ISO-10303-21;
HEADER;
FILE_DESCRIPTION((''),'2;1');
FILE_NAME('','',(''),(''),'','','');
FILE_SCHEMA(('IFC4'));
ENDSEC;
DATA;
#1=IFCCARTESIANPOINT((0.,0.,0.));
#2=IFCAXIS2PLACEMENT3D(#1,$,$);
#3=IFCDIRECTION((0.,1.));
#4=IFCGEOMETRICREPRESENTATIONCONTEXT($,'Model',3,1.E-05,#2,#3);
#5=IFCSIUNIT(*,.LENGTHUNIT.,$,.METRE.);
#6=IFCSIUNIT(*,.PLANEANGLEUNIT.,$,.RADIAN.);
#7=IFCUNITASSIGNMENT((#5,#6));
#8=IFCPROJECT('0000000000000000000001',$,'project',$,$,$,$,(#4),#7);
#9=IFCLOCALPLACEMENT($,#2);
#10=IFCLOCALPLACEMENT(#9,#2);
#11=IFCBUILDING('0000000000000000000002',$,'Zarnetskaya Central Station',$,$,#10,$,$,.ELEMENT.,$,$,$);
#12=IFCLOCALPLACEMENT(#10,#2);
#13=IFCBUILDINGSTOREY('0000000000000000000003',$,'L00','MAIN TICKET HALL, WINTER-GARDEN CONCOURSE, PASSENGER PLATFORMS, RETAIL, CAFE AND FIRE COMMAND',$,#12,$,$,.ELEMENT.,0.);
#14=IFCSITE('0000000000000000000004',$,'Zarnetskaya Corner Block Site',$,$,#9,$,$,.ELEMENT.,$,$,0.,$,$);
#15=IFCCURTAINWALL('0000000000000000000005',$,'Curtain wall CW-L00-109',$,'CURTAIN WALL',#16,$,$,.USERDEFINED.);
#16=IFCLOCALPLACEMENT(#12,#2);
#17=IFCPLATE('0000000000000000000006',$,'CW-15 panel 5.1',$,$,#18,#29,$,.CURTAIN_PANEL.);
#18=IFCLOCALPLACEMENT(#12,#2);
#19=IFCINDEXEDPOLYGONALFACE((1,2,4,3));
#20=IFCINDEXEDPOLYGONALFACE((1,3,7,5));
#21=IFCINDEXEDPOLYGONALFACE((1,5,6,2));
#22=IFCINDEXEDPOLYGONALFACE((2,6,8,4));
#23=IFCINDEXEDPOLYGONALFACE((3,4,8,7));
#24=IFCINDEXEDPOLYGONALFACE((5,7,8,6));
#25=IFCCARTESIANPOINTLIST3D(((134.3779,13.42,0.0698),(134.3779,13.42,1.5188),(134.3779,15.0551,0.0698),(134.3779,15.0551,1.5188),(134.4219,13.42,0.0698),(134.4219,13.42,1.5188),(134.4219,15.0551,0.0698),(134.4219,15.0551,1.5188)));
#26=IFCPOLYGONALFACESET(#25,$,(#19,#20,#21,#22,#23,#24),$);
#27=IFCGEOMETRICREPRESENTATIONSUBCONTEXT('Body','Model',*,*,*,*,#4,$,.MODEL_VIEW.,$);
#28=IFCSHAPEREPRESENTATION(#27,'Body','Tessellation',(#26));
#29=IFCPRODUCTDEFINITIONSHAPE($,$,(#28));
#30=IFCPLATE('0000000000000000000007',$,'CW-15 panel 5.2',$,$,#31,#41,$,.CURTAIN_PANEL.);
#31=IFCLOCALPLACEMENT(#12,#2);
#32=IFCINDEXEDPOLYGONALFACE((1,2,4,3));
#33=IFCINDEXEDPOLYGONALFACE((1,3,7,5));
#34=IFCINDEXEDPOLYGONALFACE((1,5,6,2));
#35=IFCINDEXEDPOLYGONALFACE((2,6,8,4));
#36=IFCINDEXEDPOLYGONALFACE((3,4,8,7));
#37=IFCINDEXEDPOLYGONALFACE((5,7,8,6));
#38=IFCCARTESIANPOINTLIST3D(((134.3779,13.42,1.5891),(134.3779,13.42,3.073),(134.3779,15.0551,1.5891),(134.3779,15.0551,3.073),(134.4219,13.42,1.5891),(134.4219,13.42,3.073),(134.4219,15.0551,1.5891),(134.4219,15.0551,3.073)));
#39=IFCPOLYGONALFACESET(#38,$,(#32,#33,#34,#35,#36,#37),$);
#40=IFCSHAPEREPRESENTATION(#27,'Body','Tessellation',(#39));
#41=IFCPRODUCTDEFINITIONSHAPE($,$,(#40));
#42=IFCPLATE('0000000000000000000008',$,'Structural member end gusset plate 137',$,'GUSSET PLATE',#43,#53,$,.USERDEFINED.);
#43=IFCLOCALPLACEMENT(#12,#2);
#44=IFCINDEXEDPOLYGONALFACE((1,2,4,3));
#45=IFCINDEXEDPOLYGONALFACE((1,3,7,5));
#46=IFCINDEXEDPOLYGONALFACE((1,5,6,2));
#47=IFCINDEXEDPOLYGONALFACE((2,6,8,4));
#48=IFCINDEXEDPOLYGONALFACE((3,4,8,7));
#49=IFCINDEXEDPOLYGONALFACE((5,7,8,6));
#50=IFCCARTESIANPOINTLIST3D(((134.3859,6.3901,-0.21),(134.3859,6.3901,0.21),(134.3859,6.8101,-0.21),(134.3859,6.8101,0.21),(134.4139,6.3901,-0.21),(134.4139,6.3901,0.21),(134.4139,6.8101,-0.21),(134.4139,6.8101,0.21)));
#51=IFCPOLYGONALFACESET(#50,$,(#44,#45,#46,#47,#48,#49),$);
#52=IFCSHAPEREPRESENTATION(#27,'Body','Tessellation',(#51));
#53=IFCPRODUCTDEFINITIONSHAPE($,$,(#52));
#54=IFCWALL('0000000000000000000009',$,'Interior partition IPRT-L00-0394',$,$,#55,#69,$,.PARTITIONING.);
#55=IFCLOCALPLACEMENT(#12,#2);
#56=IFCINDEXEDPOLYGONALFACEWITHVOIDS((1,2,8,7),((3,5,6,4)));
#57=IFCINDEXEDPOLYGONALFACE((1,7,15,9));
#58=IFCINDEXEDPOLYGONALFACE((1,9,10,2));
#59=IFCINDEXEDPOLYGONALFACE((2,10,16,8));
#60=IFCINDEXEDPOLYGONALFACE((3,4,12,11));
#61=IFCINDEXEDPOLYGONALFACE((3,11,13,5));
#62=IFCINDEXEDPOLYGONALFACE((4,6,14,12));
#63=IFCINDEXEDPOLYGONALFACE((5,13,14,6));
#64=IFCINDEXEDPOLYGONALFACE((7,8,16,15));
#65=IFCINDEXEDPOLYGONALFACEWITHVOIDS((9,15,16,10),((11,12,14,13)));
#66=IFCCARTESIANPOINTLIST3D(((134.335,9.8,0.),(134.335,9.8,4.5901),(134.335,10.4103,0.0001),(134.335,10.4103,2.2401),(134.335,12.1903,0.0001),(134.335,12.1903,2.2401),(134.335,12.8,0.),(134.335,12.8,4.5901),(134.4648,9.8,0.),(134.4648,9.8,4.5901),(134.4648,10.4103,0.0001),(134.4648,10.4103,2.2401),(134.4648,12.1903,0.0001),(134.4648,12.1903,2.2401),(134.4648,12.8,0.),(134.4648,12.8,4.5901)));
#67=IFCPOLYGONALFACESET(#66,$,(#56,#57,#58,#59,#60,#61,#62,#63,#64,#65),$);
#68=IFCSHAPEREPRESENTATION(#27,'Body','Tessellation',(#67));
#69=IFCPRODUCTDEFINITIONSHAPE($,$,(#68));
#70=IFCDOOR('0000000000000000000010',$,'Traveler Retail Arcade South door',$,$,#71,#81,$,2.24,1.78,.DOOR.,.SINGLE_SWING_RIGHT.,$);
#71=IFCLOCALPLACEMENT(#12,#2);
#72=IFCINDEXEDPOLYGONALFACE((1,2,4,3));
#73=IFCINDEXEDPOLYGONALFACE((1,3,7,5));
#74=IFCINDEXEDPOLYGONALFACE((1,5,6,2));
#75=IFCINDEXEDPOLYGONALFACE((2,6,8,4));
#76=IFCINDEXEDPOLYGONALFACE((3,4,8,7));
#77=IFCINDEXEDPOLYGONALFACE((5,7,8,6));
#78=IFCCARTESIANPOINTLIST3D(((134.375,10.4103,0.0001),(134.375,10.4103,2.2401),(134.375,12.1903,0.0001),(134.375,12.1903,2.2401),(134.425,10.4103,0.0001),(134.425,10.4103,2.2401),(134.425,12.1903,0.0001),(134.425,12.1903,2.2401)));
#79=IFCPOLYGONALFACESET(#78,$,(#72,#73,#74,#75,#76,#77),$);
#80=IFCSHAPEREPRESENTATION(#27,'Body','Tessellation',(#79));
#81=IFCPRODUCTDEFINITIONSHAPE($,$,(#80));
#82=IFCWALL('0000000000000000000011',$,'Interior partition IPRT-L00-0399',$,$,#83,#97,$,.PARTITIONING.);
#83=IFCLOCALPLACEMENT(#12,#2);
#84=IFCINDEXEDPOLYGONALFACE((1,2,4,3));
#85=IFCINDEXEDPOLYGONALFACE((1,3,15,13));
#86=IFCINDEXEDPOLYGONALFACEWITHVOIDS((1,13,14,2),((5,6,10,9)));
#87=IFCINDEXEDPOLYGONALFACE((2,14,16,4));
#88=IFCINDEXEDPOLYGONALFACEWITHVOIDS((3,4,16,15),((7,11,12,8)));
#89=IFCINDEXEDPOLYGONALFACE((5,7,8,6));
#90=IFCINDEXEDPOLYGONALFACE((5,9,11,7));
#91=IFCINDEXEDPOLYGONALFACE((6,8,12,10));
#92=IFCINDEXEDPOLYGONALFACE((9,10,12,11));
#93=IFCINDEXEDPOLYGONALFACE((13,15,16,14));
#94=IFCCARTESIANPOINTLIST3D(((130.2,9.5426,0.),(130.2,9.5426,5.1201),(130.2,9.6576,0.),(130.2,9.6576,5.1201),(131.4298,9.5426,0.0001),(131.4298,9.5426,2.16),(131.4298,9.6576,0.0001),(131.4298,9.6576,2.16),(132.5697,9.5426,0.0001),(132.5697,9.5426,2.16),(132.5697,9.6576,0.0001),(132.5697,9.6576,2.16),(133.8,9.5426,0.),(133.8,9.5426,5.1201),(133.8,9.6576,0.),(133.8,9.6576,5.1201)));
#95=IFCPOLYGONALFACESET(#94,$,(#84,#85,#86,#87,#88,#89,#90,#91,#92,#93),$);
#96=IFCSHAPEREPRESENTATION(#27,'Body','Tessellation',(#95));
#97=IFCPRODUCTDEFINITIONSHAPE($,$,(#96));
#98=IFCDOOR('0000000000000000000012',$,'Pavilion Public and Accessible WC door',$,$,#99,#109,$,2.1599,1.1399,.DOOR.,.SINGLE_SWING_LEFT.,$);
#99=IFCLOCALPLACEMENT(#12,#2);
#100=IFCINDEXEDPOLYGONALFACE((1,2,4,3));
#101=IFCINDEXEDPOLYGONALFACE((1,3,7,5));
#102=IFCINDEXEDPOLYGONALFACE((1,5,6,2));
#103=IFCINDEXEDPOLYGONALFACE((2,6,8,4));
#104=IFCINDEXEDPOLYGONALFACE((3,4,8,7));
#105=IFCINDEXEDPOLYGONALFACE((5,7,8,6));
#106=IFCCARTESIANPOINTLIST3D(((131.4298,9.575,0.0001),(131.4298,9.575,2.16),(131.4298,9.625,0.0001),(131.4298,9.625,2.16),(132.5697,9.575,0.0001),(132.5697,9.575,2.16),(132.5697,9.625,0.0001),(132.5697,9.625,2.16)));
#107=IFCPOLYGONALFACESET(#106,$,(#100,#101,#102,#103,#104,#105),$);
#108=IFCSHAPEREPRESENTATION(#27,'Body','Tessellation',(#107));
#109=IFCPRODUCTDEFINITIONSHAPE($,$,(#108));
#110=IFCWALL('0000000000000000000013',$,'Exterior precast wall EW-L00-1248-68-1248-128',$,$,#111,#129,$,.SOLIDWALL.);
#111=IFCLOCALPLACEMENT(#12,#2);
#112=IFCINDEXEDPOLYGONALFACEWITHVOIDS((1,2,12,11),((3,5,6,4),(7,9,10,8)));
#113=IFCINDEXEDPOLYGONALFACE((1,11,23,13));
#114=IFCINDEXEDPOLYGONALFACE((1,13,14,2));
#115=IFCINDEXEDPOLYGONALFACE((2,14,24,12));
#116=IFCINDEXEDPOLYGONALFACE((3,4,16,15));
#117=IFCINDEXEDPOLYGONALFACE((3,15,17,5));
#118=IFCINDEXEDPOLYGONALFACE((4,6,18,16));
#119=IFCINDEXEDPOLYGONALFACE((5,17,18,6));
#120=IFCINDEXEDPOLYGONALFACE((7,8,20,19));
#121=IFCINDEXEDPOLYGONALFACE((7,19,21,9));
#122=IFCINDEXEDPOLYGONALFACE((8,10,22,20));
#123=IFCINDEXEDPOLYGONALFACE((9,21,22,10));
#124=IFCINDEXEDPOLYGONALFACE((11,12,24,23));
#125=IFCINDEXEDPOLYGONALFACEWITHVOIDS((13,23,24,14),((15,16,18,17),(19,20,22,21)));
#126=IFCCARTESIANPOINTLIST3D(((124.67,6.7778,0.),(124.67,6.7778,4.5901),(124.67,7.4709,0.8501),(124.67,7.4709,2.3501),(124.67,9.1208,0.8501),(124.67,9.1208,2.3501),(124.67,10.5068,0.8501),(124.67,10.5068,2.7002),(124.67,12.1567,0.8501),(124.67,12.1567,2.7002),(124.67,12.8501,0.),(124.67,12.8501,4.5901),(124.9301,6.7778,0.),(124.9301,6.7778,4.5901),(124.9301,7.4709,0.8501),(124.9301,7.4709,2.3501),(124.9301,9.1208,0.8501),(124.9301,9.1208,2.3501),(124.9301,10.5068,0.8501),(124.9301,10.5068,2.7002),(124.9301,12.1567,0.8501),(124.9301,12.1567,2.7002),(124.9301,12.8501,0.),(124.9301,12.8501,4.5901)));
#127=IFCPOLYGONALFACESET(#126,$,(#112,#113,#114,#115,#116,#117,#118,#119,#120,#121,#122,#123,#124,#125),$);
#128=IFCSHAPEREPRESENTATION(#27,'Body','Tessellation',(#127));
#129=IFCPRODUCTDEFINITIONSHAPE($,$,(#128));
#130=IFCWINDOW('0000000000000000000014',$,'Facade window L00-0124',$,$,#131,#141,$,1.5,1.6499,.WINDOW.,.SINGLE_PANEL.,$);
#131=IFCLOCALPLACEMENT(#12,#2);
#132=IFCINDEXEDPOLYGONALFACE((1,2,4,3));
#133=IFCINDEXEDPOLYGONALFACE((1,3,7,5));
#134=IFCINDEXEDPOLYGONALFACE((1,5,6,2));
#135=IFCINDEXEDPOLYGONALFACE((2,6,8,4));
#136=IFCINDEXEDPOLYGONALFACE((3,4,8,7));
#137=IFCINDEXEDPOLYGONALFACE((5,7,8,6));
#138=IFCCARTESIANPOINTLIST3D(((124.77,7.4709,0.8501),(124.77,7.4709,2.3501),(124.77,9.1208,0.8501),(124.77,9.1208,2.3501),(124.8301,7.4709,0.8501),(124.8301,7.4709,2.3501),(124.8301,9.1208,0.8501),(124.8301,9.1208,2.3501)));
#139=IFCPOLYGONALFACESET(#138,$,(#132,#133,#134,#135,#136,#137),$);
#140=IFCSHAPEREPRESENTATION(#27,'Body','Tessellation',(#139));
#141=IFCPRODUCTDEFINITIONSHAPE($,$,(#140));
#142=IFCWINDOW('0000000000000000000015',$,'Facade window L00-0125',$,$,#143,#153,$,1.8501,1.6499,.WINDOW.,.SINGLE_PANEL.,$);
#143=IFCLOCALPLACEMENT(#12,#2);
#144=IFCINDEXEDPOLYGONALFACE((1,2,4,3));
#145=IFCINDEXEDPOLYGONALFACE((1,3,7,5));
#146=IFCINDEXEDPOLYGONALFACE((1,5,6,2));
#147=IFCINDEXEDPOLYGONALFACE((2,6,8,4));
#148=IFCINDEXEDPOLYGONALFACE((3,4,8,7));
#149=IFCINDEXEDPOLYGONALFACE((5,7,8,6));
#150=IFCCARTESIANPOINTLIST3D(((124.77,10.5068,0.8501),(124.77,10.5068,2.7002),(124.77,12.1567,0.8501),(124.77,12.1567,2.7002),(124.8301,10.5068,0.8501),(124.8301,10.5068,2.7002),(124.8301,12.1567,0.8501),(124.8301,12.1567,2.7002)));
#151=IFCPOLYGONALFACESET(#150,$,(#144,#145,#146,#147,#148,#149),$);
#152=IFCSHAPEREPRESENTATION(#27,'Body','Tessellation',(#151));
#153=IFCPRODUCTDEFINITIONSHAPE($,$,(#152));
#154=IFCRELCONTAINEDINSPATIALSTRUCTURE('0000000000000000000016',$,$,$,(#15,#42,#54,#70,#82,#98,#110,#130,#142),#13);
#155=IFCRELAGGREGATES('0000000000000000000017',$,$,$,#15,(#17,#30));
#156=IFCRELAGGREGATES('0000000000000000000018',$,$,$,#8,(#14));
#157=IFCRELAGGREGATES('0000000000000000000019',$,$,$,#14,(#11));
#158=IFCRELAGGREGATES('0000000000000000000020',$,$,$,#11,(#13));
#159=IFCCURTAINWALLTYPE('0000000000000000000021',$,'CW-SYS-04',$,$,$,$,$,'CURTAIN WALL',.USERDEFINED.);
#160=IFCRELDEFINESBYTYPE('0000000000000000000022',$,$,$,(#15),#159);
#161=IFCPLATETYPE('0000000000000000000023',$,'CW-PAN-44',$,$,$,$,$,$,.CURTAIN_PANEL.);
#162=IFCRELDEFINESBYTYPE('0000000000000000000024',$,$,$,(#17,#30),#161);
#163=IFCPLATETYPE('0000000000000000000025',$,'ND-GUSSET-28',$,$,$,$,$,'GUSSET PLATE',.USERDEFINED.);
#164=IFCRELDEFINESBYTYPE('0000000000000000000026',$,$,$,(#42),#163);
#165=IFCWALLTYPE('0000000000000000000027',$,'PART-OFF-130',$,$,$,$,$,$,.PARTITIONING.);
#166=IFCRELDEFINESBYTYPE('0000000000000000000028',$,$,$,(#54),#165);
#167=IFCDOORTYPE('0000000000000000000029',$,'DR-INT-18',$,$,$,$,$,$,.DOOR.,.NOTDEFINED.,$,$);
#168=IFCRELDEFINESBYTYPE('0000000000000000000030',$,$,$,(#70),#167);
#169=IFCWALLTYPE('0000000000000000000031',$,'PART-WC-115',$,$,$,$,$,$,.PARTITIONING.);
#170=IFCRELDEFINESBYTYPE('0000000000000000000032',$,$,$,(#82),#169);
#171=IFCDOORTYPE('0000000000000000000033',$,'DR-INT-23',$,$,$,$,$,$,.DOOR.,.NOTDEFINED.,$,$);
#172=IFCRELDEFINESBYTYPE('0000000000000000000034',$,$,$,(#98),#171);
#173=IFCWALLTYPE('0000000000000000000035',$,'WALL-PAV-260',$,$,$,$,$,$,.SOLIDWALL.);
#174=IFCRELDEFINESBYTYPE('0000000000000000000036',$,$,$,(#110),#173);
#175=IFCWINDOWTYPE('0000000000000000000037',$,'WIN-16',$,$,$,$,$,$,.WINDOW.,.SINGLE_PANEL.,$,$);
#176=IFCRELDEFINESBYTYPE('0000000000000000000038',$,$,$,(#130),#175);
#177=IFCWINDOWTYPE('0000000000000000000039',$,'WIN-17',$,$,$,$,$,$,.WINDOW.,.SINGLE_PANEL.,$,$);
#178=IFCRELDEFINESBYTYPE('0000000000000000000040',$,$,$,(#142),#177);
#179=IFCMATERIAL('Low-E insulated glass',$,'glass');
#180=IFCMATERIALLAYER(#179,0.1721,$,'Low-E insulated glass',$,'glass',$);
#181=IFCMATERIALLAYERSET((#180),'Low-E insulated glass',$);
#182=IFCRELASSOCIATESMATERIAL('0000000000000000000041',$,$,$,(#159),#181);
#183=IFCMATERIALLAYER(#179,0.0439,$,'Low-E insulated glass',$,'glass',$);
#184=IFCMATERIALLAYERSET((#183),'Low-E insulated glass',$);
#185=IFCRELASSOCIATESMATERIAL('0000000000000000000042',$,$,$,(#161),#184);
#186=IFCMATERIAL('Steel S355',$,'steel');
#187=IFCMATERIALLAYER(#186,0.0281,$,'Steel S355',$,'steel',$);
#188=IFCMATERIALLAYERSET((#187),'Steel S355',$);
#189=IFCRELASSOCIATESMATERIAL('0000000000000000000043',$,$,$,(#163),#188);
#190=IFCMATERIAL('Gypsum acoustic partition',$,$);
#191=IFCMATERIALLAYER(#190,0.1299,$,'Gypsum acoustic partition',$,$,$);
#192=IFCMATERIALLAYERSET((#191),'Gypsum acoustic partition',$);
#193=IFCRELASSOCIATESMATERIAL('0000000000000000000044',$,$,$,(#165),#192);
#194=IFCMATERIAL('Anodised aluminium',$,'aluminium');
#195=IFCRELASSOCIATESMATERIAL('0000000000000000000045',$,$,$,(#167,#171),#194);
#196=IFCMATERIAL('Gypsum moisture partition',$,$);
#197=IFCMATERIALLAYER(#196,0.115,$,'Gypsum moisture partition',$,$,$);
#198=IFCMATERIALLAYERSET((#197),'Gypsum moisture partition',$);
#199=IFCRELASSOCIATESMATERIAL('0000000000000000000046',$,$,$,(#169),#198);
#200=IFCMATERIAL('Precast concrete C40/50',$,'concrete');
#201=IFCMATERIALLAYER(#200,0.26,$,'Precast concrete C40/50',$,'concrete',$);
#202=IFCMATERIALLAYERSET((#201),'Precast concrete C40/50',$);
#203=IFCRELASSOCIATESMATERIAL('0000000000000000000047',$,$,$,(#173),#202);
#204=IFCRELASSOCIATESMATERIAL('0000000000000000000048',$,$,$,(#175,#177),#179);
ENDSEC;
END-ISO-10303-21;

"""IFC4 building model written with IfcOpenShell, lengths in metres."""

from ifc_helpers import new_model, si_unit, direction, frame, frame_2d, origin, origin_2d, place, context, subcontext, project, spatial, rectangle, extrude, material, layer, layer_set, type_object, element, fill, aggregate, save


model = new_model("IFC4")

# Units and contexts
model_context = context("Model", 3, precision=1e-05, world=origin(), true_north=direction((0.0, 1.0)))
body_context = subcontext(model_context, "Body", "Model", "MODEL_VIEW")
ifc_project = project(units=[si_unit("LENGTHUNIT", "METRE"), si_unit("PLANEANGLEUNIT", "RADIAN")], contexts=[model_context])

# Site, building, storey
site_placement = place(None, origin())
site = spatial("IfcSite", under=ifc_project, at=site_placement, Name="Zarnetskaya Corner Block Site", CompositionType="ELEMENT", RefElevation=0.0)
building_placement = place(site_placement, origin())
building = spatial("IfcBuilding", under=site, at=building_placement, Name="Zarnetskaya Central Station", CompositionType="ELEMENT")
storey_placement = place(building_placement, origin())
storey = spatial("IfcBuildingStorey", under=building, at=storey_placement, Name="L00", Description="MAIN TICKET HALL, WINTER-GARDEN CONCOURSE, PASSENGER PLATFORMS, RETAIL, CAFE AND FIRE COMMAND", CompositionType="ELEMENT", Elevation=0.0)

# Shared definitions
ifc_material_1 = material(Name="Steel S355", Category="steel")

# Curtain wall
ifc_material_2 = material(Name="Low-E insulated glass", Category="glass")
ifc_layer_1 = layer(ifc_material_2, 0.1721, Name="Low-E insulated glass", Category="glass")
ifc_layer_set_1 = layer_set([ifc_layer_1], Name="Low-E insulated glass")
curtain_wall_type = type_object("IfcCurtainWallType", Name="CW-SYS-04", ElementType="CURTAIN WALL", PredefinedType="USERDEFINED", material=ifc_layer_set_1)
curtain_wall_1_placement = place(storey_placement, origin())
curtain_wall_1 = element("IfcCurtainWall", 1, at=curtain_wall_1_placement, inside=storey, type_object=curtain_wall_type, Name="Curtain wall CW-L00-109", ObjectType="CURTAIN WALL", PredefinedType="USERDEFINED")
ifc_material_3 = material(Name="Anodised aluminium", Category="aluminium")

# Plates
ifc_layer_2 = layer(ifc_material_2, 0.0439, Name="Low-E insulated glass", Category="glass")
ifc_layer_set_2 = layer_set([ifc_layer_2], Name="Low-E insulated glass")
plate_type_1 = type_object("IfcPlateType", Name="CW-PAN-44", PredefinedType="CURTAIN_PANEL", material=ifc_layer_set_2)
plate_1_placement = place(storey_placement, frame((134.3999, 14.2375, 0.0698), z_axis=(0.0, 0.0, 1.0), x_axis=(0.0, -1.0, 0.0)))
plate_1 = element("IfcPlate", 2, at=plate_1_placement, type_object=plate_type_1, Name="CW-15 panel 5.1", PredefinedType="CURTAIN_PANEL", context=body_context, shape_type="SweptSolid", body=[
    extrude(rectangle(XDim=1.635, YDim=0.0439, at=origin_2d()), origin(), (0.0, 0.0, 1.0), 1.449),
])
plate_2_placement = place(storey_placement, frame((134.3999, 14.2375, 1.5891), z_axis=(0.0, 0.0, 1.0), x_axis=(0.0, -1.0, 0.0)))
plate_2 = element("IfcPlate", 3, at=plate_2_placement, type_object=plate_type_1, Name="CW-15 panel 5.2", PredefinedType="CURTAIN_PANEL", context=body_context, shape_type="SweptSolid", body=[
    extrude(rectangle(XDim=1.635, YDim=0.0439, at=origin_2d()), origin(), (0.0, 0.0, 1.0), 1.4839),
])
aggregate(curtain_wall_1, [plate_1, plate_2])
ifc_layer_3 = layer(ifc_material_1, 0.0281, Name="Steel S355", Category="steel")
ifc_layer_set_3 = layer_set([ifc_layer_3], Name="Steel S355")
plate_type_2 = type_object("IfcPlateType", Name="ND-GUSSET-28", ElementType="GUSSET PLATE", PredefinedType="USERDEFINED", material=ifc_layer_set_3)
plate_3_placement = place(storey_placement, frame((134.3999, 6.6001, -0.21), z_axis=(0.0, 0.0, 1.0), x_axis=(1.0, 0.0, 0.0)))
element("IfcPlate", 4, at=plate_3_placement, inside=storey, type_object=plate_type_2, Name="Structural member end gusset plate 137", ObjectType="GUSSET PLATE", PredefinedType="USERDEFINED", context=body_context, shape_type="SweptSolid", body=[
    extrude(rectangle(XDim=0.0281, YDim=0.4199, at=origin_2d()), origin(), (0.0, 0.0, 1.0), 0.4199),
])

# Walls, openings, doors
ifc_material_4 = material(Name="Gypsum acoustic partition")
ifc_layer_4 = layer(ifc_material_4, 0.1299, Name="Gypsum acoustic partition")
ifc_layer_set_4 = layer_set([ifc_layer_4], Name="Gypsum acoustic partition")
wall_type_1 = type_object("IfcWallType", Name="PART-OFF-130", PredefinedType="PARTITIONING", material=ifc_layer_set_4)
wall_1_placement = place(storey_placement, frame((134.3999, 9.8, 0.0), z_axis=(0.0, 0.0, 1.0), x_axis=(0.0, 1.0, 0.0)))
wall_1 = element("IfcWall", 5, at=wall_1_placement, inside=storey, type_object=wall_type_1, Name="Interior partition IPRT-L00-0394", PredefinedType="PARTITIONING", context=body_context, shape_type="SweptSolid", body=[
    extrude(rectangle(XDim=3.0, YDim=0.1299, at=frame_2d((1.5, 0.0))), origin(), (0.0, 0.0, 1.0), 4.5901),
])
opening_1_placement = place(wall_1_placement, frame((0.6101, 0.0, 0.0)))
opening_1 = element("IfcOpeningElement", 6, at=opening_1_placement, cuts=wall_1, PredefinedType="OPENING", context=body_context, shape_type="SweptSolid", body=[
    extrude(rectangle(XDim=1.78, YDim=2.24, at=frame_2d((0.8901, 1.1201))), frame((0.0, 0.075, 0.0), z_axis=(0.0, -1.0, 0.0), x_axis=(1.0, 0.0, 0.0)), (0.0, 0.0, 1.0), 0.1499),
])
door_type_1 = type_object("IfcDoorType", Name="DR-INT-18", OperationType="NOTDEFINED", PredefinedType="DOOR", material=ifc_material_3)
door_1_placement = place(opening_1_placement, origin())
door_1 = element("IfcDoor", 7, at=door_1_placement, inside=storey, type_object=door_type_1, Name="Traveler Retail Arcade South door", OperationType="SINGLE_SWING_RIGHT", OverallHeight=2.24, OverallWidth=1.78, PredefinedType="DOOR", context=body_context, shape_type="SweptSolid", body=[
    extrude(rectangle(XDim=1.78, YDim=2.24, at=frame_2d((0.8901, 1.1201))), frame((0.0, 0.0249, 0.0), z_axis=(0.0, -1.0, 0.0), x_axis=(1.0, 0.0, 0.0)), (0.0, 0.0, 1.0), 0.05),
])
fill(opening_1, door_1)
ifc_material_5 = material(Name="Gypsum moisture partition")
ifc_layer_5 = layer(ifc_material_5, 0.115, Name="Gypsum moisture partition")
ifc_layer_set_5 = layer_set([ifc_layer_5], Name="Gypsum moisture partition")
wall_type_2 = type_object("IfcWallType", Name="PART-WC-115", PredefinedType="PARTITIONING", material=ifc_layer_set_5)
wall_2_placement = place(storey_placement, frame((130.2, 9.6001, 0.0), z_axis=(0.0, 0.0, 1.0), x_axis=(1.0, 0.0, 0.0)))
wall_2 = element("IfcWall", 8, at=wall_2_placement, inside=storey, type_object=wall_type_2, Name="Interior partition IPRT-L00-0399", PredefinedType="PARTITIONING", context=body_context, shape_type="SweptSolid", body=[
    extrude(rectangle(XDim=3.6001, YDim=0.115, at=frame_2d((1.8, 0.0))), origin(), (0.0, 0.0, 1.0), 5.1201),
])
opening_2_placement = place(wall_2_placement, frame((1.23, 0.0, 0.0)))
opening_2 = element("IfcOpeningElement", 9, at=opening_2_placement, cuts=wall_2, PredefinedType="OPENING", context=body_context, shape_type="SweptSolid", body=[
    extrude(rectangle(XDim=1.1399, YDim=2.1599, at=frame_2d((0.5698, 1.0801))), frame((0.0, 0.0674, 0.0), z_axis=(0.0, -1.0, 0.0), x_axis=(1.0, 0.0, 0.0)), (0.0, 0.0, 1.0), 0.135),
])
door_type_2 = type_object("IfcDoorType", Name="DR-INT-23", OperationType="NOTDEFINED", PredefinedType="DOOR", material=ifc_material_3)
door_2_placement = place(opening_2_placement, origin())
door_2 = element("IfcDoor", 10, at=door_2_placement, inside=storey, type_object=door_type_2, Name="Pavilion Public and Accessible WC door", OperationType="SINGLE_SWING_LEFT", OverallHeight=2.1599, OverallWidth=1.1399, PredefinedType="DOOR", context=body_context, shape_type="SweptSolid", body=[
    extrude(rectangle(XDim=1.1399, YDim=2.1599, at=frame_2d((0.5698, 1.0801))), frame((0.0, 0.0249, 0.0), z_axis=(0.0, -1.0, 0.0), x_axis=(1.0, 0.0, 0.0)), (0.0, 0.0, 1.0), 0.05),
])
fill(opening_2, door_2)

# Wall, openings, windows
ifc_material_6 = material(Name="Precast concrete C40/50", Category="concrete")
ifc_layer_6 = layer(ifc_material_6, 0.26, Name="Precast concrete C40/50", Category="concrete")
ifc_layer_set_6 = layer_set([ifc_layer_6], Name="Precast concrete C40/50")
wall_type_3 = type_object("IfcWallType", Name="WALL-PAV-260", PredefinedType="SOLIDWALL", material=ifc_layer_set_6)
wall_3_placement = place(storey_placement, frame((124.8, 6.7778, 0.0), z_axis=(0.0, 0.0, 1.0), x_axis=(0.0, 1.0, 0.0)))
wall_3 = element("IfcWall", 11, at=wall_3_placement, inside=storey, type_object=wall_type_3, Name="Exterior precast wall EW-L00-1248-68-1248-128", PredefinedType="SOLIDWALL", context=body_context, shape_type="SweptSolid", body=[
    extrude(rectangle(XDim=6.0723, YDim=0.26, at=frame_2d((3.0361, 0.0))), origin(), (0.0, 0.0, 1.0), 4.5901),
])
opening_3_placement = place(wall_3_placement, frame((0.6931, 0.0, 0.8501)))
opening_3 = element("IfcOpeningElement", 12, at=opening_3_placement, cuts=wall_3, PredefinedType="OPENING", context=body_context, shape_type="SweptSolid", body=[
    extrude(rectangle(XDim=1.6499, YDim=1.5, at=frame_2d((0.825, 0.75))), frame((0.0, 0.1401, 0.0), z_axis=(0.0, -1.0, 0.0), x_axis=(1.0, 0.0, 0.0)), (0.0, 0.0, 1.0), 0.28),
])
opening_4_placement = place(wall_3_placement, frame((3.729, 0.0, 0.8501)))
opening_4 = element("IfcOpeningElement", 13, at=opening_4_placement, cuts=wall_3, PredefinedType="OPENING", context=body_context, shape_type="SweptSolid", body=[
    extrude(rectangle(XDim=1.6499, YDim=1.8501, at=frame_2d((0.825, 0.925))), frame((0.0, 0.1401, 0.0), z_axis=(0.0, -1.0, 0.0), x_axis=(1.0, 0.0, 0.0)), (0.0, 0.0, 1.0), 0.28),
])
window_type_1 = type_object("IfcWindowType", Name="WIN-16", PartitioningType="SINGLE_PANEL", PredefinedType="WINDOW", material=ifc_material_2)
window_1_placement = place(opening_3_placement, origin())
window_1 = element("IfcWindow", 14, at=window_1_placement, inside=storey, type_object=window_type_1, Name="Facade window L00-0124", OverallHeight=1.5, OverallWidth=1.6499, PartitioningType="SINGLE_PANEL", PredefinedType="WINDOW", context=body_context, shape_type="SweptSolid", body=[
    extrude(rectangle(XDim=1.6499, YDim=1.5, at=frame_2d((0.825, 0.75))), frame((0.0, 0.03, 0.0), z_axis=(0.0, -1.0, 0.0), x_axis=(1.0, 0.0, 0.0)), (0.0, 0.0, 1.0), 0.0601),
])
fill(opening_3, window_1)
window_type_2 = type_object("IfcWindowType", Name="WIN-17", PartitioningType="SINGLE_PANEL", PredefinedType="WINDOW", material=ifc_material_2)
window_2_placement = place(opening_4_placement, origin())
window_2 = element("IfcWindow", 15, at=window_2_placement, inside=storey, type_object=window_type_2, Name="Facade window L00-0125", OverallHeight=1.8501, OverallWidth=1.6499, PartitioningType="SINGLE_PANEL", PredefinedType="WINDOW", context=body_context, shape_type="SweptSolid", body=[
    extrude(rectangle(XDim=1.6499, YDim=1.8501, at=frame_2d((0.825, 0.925))), frame((0.0, 0.03, 0.0), z_axis=(0.0, -1.0, 0.0), x_axis=(1.0, 0.0, 0.0)), (0.0, 0.0, 1.0), 0.0601),
])
fill(opening_4, window_2)

save(model, "model.ifc")
